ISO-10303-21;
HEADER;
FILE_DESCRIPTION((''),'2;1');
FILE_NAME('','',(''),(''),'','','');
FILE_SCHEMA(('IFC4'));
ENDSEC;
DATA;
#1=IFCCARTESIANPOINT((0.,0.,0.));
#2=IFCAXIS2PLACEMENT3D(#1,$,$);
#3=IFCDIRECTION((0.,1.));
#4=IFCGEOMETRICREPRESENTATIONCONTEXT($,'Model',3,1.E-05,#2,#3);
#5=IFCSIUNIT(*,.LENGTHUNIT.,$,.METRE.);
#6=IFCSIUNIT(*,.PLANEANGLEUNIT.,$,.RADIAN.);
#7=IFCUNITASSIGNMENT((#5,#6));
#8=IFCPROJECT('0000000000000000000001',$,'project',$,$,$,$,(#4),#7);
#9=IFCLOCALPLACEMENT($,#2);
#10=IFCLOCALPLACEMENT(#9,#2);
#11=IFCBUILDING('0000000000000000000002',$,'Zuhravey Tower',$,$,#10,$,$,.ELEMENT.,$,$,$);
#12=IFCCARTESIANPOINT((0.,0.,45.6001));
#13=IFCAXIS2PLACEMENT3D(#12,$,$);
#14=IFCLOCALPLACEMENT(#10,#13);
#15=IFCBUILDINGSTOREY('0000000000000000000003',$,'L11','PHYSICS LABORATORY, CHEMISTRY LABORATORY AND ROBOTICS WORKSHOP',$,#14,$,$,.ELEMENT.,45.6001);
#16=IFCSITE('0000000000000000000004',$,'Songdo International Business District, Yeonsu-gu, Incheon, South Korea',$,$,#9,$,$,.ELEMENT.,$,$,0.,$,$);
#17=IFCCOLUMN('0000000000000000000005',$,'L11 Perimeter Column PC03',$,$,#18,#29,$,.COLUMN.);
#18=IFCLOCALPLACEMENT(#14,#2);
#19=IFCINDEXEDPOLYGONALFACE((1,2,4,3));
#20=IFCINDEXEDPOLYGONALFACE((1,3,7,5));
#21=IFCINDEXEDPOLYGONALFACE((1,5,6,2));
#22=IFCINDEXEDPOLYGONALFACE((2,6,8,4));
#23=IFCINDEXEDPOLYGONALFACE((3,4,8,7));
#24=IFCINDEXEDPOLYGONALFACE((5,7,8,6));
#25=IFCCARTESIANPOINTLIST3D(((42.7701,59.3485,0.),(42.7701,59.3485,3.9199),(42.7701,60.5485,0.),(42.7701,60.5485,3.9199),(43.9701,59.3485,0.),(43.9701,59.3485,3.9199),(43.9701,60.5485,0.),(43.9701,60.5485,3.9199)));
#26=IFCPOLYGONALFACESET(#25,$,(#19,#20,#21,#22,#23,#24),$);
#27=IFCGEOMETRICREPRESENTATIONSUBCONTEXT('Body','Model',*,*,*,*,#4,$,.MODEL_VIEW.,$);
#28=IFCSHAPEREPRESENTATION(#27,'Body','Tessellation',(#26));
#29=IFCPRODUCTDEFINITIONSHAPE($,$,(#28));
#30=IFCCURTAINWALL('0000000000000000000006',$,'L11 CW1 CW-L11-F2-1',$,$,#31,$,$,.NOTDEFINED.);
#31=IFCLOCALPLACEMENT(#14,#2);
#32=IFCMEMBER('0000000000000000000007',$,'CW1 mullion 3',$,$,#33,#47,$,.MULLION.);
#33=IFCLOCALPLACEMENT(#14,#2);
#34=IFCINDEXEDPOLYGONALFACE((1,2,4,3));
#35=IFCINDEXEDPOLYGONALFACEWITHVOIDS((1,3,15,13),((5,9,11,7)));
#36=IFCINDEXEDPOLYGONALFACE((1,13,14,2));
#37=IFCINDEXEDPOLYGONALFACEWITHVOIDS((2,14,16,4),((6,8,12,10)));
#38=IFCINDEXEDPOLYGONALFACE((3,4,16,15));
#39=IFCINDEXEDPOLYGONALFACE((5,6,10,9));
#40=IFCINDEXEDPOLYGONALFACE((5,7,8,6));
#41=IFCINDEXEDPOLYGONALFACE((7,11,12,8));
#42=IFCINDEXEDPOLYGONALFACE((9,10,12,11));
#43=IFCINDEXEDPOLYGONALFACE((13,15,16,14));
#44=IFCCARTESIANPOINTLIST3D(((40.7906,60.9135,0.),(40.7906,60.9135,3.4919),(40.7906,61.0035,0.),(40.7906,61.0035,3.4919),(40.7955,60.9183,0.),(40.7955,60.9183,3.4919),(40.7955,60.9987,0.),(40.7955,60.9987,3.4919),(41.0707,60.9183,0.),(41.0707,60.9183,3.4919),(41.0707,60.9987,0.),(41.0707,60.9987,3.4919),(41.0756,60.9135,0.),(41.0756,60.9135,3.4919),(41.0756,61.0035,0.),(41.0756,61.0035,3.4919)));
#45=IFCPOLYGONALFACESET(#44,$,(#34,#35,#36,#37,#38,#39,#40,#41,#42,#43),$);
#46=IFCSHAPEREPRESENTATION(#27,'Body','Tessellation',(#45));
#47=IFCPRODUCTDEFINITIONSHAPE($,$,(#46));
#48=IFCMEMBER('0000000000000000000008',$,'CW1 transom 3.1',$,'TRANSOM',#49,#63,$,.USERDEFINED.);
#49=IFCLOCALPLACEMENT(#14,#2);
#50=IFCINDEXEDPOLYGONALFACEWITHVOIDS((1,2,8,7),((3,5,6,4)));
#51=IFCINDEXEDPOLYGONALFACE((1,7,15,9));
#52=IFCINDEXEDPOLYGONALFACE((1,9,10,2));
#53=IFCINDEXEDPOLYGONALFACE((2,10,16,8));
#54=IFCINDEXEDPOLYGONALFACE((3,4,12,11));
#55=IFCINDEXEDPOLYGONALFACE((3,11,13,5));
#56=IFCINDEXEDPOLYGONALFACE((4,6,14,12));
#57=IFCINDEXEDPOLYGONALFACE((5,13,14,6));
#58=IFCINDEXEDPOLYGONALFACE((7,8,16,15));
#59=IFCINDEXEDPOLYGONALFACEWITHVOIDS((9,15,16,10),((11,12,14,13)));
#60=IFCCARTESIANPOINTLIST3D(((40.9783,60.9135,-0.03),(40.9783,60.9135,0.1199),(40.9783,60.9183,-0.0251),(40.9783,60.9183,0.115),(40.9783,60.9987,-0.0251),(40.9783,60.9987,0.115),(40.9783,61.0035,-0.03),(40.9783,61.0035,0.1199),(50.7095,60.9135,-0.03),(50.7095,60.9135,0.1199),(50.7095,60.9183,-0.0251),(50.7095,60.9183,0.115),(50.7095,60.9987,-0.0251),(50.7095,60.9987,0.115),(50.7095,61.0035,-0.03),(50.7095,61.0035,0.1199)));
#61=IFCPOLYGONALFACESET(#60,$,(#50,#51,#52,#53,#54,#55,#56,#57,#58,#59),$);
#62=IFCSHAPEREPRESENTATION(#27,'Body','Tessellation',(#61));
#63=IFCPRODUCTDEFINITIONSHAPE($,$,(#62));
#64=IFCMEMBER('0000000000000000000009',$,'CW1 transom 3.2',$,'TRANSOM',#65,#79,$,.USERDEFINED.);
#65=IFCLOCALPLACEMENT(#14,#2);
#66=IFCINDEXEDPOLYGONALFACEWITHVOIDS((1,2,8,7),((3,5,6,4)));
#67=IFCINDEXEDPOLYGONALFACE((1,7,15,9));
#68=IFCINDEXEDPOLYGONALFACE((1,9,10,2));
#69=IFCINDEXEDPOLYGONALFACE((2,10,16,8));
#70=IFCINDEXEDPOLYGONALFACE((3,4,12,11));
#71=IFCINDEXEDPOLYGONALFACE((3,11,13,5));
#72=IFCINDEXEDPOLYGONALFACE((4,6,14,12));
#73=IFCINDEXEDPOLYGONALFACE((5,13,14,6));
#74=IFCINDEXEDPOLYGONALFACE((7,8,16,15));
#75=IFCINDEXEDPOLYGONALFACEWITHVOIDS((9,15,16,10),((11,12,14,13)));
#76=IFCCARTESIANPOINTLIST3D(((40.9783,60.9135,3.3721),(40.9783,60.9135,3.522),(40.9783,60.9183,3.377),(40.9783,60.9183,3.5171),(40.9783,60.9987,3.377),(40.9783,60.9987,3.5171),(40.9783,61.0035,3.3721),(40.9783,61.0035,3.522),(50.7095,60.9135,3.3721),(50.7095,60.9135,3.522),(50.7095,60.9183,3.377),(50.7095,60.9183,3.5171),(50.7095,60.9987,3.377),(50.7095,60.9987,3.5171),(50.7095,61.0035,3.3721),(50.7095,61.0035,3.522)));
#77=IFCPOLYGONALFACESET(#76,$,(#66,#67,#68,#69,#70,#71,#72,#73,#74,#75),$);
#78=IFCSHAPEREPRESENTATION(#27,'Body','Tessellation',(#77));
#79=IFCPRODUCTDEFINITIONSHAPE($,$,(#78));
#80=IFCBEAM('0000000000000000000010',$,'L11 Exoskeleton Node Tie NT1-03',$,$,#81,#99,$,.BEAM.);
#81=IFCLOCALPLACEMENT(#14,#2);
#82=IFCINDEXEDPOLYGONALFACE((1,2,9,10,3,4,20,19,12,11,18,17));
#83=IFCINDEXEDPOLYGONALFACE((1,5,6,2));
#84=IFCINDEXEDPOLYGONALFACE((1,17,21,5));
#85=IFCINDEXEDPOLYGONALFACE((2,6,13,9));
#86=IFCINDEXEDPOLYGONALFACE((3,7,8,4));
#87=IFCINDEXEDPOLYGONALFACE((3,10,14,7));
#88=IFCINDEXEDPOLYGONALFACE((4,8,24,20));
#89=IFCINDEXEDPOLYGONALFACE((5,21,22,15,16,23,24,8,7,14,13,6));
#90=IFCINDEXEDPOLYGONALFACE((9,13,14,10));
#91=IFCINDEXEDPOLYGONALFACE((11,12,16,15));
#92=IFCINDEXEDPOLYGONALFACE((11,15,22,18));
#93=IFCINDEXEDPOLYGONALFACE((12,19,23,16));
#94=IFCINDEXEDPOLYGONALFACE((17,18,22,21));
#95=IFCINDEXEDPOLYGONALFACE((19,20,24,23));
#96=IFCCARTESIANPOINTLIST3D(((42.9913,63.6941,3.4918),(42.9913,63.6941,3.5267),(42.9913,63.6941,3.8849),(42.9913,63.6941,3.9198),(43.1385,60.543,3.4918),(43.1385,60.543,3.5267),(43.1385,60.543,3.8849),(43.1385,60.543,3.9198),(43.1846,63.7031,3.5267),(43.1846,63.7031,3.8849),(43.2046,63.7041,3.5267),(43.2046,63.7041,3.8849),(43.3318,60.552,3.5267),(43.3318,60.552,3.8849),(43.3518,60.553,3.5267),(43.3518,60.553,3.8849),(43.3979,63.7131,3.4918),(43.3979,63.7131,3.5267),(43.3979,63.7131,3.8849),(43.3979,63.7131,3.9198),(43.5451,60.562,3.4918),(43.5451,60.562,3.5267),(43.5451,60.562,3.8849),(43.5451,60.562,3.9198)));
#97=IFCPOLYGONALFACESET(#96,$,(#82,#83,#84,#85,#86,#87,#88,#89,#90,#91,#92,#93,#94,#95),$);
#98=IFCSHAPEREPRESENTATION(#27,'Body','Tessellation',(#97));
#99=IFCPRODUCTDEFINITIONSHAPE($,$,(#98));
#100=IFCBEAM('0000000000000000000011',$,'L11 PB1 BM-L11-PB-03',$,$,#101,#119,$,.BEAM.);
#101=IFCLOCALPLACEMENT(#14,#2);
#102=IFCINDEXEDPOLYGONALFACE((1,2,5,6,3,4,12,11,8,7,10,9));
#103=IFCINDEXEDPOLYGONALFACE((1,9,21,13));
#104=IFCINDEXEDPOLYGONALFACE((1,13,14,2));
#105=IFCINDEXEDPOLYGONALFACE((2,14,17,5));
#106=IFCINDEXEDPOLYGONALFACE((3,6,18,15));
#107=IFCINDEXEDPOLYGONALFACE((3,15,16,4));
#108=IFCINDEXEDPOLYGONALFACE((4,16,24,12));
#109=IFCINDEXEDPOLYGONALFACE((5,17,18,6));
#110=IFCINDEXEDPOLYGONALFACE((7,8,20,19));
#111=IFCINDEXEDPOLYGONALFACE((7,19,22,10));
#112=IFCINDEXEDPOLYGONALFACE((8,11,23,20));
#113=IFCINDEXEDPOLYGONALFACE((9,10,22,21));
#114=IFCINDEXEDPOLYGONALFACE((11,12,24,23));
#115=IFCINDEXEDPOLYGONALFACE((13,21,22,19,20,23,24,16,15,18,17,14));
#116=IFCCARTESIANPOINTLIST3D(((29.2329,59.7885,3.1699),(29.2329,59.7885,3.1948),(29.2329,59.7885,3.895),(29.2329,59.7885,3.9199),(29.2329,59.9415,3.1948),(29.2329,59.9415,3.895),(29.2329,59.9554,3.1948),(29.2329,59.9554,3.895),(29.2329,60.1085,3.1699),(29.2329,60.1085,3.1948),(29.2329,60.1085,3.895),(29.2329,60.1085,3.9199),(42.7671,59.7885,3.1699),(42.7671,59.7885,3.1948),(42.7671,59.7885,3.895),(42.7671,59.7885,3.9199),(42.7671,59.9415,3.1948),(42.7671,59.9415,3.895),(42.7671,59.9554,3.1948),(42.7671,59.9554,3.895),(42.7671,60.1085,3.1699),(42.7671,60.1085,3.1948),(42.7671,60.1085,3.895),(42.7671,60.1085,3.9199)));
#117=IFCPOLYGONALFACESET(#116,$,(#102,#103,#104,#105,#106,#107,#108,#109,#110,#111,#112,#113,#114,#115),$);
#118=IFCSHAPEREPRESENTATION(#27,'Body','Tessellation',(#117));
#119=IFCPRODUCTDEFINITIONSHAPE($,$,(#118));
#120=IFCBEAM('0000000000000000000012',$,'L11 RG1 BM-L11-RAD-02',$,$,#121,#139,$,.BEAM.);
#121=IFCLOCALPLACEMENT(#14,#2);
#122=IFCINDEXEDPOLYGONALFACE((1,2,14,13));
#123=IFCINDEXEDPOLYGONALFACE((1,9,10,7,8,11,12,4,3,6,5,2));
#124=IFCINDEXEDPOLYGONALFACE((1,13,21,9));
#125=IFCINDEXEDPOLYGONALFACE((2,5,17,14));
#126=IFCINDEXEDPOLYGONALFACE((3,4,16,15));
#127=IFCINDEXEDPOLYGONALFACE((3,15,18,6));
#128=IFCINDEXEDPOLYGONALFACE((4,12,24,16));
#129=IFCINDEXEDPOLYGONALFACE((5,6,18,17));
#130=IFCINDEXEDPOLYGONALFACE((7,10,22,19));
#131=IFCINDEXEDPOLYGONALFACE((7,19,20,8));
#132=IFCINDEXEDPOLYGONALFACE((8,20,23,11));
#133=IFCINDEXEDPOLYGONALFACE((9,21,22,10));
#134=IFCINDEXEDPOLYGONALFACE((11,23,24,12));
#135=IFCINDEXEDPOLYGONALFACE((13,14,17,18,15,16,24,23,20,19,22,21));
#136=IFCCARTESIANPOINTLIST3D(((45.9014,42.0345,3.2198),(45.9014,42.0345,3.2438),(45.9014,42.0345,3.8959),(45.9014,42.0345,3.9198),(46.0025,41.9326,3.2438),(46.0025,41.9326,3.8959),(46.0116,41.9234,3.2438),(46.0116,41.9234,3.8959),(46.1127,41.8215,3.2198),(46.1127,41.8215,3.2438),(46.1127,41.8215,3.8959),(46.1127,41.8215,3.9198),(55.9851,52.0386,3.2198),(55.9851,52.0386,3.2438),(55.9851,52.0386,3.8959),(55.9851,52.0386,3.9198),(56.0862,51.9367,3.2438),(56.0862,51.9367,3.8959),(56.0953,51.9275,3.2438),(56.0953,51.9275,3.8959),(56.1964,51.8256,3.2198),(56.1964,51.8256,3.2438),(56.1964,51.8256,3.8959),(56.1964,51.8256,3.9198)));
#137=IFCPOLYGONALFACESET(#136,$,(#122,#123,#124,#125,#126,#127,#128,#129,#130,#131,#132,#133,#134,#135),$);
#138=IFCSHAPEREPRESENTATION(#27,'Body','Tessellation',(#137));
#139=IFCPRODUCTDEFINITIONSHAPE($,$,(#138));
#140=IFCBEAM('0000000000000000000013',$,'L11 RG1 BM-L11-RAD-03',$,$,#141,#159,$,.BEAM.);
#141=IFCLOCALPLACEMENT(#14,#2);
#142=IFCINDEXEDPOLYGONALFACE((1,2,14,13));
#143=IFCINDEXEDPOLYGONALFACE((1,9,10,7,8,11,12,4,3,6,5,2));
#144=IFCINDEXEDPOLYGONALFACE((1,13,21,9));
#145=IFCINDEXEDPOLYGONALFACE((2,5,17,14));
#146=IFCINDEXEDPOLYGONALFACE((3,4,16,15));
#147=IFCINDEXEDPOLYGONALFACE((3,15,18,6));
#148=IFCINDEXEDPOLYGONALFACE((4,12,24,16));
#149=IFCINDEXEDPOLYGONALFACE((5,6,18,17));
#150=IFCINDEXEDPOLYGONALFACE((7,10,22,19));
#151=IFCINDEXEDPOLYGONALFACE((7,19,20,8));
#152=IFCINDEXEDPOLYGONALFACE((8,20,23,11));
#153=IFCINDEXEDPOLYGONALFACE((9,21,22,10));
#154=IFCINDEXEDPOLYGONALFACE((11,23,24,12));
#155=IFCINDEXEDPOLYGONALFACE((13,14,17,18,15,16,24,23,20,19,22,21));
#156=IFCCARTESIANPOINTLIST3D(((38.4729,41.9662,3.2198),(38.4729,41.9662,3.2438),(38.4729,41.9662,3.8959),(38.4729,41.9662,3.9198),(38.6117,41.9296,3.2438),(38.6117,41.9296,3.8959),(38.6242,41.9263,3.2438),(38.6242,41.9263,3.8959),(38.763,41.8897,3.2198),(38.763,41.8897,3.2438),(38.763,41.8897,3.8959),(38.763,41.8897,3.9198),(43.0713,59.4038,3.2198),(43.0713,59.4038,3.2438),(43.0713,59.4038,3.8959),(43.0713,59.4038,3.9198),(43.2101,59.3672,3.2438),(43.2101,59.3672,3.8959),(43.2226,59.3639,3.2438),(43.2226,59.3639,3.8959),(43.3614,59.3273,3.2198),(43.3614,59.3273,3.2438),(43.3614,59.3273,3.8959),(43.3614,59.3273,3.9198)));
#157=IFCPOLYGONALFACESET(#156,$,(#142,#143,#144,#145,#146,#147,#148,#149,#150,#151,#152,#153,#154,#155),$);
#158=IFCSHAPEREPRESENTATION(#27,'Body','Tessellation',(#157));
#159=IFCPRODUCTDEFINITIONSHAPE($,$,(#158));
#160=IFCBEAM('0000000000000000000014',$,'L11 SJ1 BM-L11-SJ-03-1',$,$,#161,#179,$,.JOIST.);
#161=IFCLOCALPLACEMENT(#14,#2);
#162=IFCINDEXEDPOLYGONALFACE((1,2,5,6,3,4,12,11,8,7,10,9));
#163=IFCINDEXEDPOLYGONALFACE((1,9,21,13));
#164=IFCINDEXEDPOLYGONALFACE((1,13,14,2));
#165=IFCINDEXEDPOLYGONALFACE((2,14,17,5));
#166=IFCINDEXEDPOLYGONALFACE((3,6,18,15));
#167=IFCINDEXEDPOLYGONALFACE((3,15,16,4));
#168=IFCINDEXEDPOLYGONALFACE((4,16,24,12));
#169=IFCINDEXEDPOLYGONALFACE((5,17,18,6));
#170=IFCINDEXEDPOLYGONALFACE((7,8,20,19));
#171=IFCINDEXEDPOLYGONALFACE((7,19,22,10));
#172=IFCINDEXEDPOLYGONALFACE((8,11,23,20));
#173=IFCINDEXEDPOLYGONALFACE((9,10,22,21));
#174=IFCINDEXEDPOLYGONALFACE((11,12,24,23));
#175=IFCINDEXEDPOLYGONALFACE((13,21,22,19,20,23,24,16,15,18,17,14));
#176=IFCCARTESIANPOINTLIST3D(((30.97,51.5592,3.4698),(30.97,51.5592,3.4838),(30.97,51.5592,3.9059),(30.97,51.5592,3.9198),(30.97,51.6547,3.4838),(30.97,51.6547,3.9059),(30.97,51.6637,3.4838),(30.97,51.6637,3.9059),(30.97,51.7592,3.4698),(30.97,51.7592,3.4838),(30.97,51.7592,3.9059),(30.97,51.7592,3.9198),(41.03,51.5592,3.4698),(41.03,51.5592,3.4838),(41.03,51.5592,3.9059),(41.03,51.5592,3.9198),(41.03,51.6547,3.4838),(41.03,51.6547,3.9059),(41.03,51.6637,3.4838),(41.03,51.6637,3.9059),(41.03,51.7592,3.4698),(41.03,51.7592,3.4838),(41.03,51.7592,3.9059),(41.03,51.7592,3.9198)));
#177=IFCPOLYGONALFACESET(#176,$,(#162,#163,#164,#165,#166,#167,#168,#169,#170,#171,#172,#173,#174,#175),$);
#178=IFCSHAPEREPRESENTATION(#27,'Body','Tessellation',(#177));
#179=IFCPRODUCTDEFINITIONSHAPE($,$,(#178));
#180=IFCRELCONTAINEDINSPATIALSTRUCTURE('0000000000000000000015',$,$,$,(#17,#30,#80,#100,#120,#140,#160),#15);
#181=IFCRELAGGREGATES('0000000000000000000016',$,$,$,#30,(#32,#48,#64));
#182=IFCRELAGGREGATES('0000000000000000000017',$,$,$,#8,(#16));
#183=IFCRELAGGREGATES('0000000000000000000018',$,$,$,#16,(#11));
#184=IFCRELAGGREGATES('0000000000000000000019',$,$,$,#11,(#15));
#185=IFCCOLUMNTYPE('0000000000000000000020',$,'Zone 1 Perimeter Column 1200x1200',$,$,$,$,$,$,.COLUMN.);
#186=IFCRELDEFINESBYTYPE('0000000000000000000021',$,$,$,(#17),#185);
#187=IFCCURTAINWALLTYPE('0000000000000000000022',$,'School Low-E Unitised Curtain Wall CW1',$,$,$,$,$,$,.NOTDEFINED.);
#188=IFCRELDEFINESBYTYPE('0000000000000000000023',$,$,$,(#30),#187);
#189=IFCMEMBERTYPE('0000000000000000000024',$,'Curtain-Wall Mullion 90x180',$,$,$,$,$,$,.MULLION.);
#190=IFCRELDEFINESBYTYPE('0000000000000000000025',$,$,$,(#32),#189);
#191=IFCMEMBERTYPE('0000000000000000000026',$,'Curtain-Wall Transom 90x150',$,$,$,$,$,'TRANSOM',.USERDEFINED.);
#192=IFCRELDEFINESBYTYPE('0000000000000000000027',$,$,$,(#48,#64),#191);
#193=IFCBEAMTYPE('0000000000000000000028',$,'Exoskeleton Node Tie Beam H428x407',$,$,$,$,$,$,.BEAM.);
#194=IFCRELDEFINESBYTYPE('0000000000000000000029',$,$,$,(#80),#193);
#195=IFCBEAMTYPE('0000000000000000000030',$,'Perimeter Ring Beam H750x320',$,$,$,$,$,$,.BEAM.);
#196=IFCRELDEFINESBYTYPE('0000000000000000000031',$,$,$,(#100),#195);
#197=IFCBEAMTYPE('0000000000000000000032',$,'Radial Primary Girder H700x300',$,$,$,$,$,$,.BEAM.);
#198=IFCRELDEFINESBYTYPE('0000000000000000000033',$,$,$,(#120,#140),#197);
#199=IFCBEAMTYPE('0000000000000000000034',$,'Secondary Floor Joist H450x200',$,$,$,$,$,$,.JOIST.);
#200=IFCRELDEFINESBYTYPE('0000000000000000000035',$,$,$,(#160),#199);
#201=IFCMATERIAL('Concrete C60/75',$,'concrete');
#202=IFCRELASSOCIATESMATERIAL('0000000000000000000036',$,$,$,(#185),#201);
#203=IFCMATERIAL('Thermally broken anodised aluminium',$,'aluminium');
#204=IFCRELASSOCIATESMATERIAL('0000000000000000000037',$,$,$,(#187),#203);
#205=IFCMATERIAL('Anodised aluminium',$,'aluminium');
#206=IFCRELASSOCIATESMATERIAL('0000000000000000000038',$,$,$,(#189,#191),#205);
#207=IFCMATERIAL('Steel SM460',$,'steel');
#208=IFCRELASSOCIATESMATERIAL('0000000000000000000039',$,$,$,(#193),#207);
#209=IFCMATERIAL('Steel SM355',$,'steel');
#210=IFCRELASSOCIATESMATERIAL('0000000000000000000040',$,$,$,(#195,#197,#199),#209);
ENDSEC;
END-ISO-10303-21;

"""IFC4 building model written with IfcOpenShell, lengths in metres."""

from ifc_helpers import new_model, si_unit, direction, frame, origin, origin_2d, place, context, subcontext, project, spatial, rectangle, hollow_rectangle, i_section, extrude, material, material_profile, profile_set, type_object, element, aggregate, save


model = new_model("IFC4")

# Units and contexts
model_context = context("Model", 3, precision=1e-05, world=origin(), true_north=direction((0.0, 1.0)))
body_context = subcontext(model_context, "Body", "Model", "MODEL_VIEW")
ifc_project = project(units=[si_unit("LENGTHUNIT", "METRE"), si_unit("PLANEANGLEUNIT", "RADIAN")], contexts=[model_context])

# Site, building, storey
site_placement = place(None, origin())
site = spatial("IfcSite", under=ifc_project, at=site_placement, Name="Songdo International Business District, Yeonsu-gu, Incheon, South Korea", CompositionType="ELEMENT", RefElevation=0.0)
building_placement = place(site_placement, origin())
building = spatial("IfcBuilding", under=site, at=building_placement, Name="Zuhravey Tower", CompositionType="ELEMENT")
storey_placement = place(building_placement, frame((0.0, 0.0, 45.6001)))
storey = spatial("IfcBuildingStorey", under=building, at=storey_placement, Name="L11", Description="PHYSICS LABORATORY, CHEMISTRY LABORATORY AND ROBOTICS WORKSHOP", CompositionType="ELEMENT", Elevation=45.6001)

# Column
ifc_material_1 = material(Name="Concrete C60/75", Category="concrete")
ifc_material_profile_1 = material_profile(ifc_material_1, rectangle(XDim=1.2, YDim=1.2, at=origin_2d()), Name="RC-1200x1200")
ifc_profile_set_1 = profile_set([ifc_material_profile_1], Name="Concrete C60/75")
column_type = type_object("IfcColumnType", Name="Zone 1 Perimeter Column 1200x1200", PredefinedType="COLUMN", material=ifc_profile_set_1)
column_placement = place(storey_placement, frame((43.3701, 59.9485, 0.0), z_axis=(0.0, 0.0, 1.0), x_axis=(-1.0, 0.0, 0.0)))
element("IfcColumn", 1, at=column_placement, inside=storey, type_object=column_type, Name="L11 Perimeter Column PC03", PredefinedType="COLUMN", context=body_context, shape_type="SweptSolid", body=[
    extrude(rectangle(XDim=1.2, YDim=1.2, at=origin_2d()), origin(), (0.0, 0.0, 1.0), 3.9199),
])

# Curtain wall, members
ifc_material_2 = material(Name="Thermally broken anodised aluminium", Category="aluminium")
curtain_wall_type = type_object("IfcCurtainWallType", Name="School Low-E Unitised Curtain Wall CW1", PredefinedType="NOTDEFINED", material=ifc_material_2)
curtain_wall_placement = place(storey_placement, origin())
curtain_wall = element("IfcCurtainWall", 2, at=curtain_wall_placement, inside=storey, type_object=curtain_wall_type, Name="L11 CW1 CW-L11-F2-1", PredefinedType="NOTDEFINED")
ifc_material_3 = material(Name="Anodised aluminium", Category="aluminium")
ifc_material_profile_2 = material_profile(ifc_material_3, hollow_rectangle(XDim=0.0901, YDim=0.2849, WallThickness=0.0049, at=origin_2d()), Name="ALU-RHS-90x285x5")
ifc_profile_set_2 = profile_set([ifc_material_profile_2], Name="Anodised aluminium")
member_type_1 = type_object("IfcMemberType", Name="Curtain-Wall Mullion 90x180", PredefinedType="MULLION", material=ifc_profile_set_2)
member_1_placement = place(storey_placement, frame((40.9331, 60.9585, 0.0), z_axis=(0.0, 0.0, 1.0), x_axis=(0.0, 1.0, 0.0)))
member_1 = element("IfcMember", 3, at=member_1_placement, type_object=member_type_1, Name="CW1 mullion 3", PredefinedType="MULLION", context=body_context, shape_type="SweptSolid", body=[
    extrude(hollow_rectangle(XDim=0.0901, YDim=0.2849, WallThickness=0.0049, at=origin_2d()), origin(), (0.0, 0.0, 1.0), 3.4919),
])
ifc_material_profile_3 = material_profile(ifc_material_3, hollow_rectangle(XDim=0.0901, YDim=0.1499, WallThickness=0.0049, at=origin_2d()), Name="ALU-RHS-90x150x5")
ifc_profile_set_3 = profile_set([ifc_material_profile_3], Name="Anodised aluminium")
member_type_2 = type_object("IfcMemberType", Name="Curtain-Wall Transom 90x150", ElementType="TRANSOM", PredefinedType="USERDEFINED", material=ifc_profile_set_3)
member_2_placement = place(storey_placement, frame((40.9783, 60.9585, 0.0449), z_axis=(1.0, 0.0, 0.0), x_axis=(0.0, 1.0, 0.0)))
member_2 = element("IfcMember", 4, at=member_2_placement, type_object=member_type_2, Name="CW1 transom 3.1", ObjectType="TRANSOM", PredefinedType="USERDEFINED", context=body_context, shape_type="SweptSolid", body=[
    extrude(hollow_rectangle(XDim=0.0901, YDim=0.1499, WallThickness=0.0049, at=origin_2d()), origin(), (0.0, 0.0, 1.0), 9.7312),
])
member_3_placement = place(storey_placement, frame((40.9783, 60.9585, 3.447), z_axis=(1.0, 0.0, 0.0), x_axis=(0.0, 1.0, 0.0)))
member_3 = element("IfcMember", 5, at=member_3_placement, type_object=member_type_2, Name="CW1 transom 3.2", ObjectType="TRANSOM", PredefinedType="USERDEFINED", context=body_context, shape_type="SweptSolid", body=[
    extrude(hollow_rectangle(XDim=0.0901, YDim=0.1499, WallThickness=0.0049, at=origin_2d()), origin(), (0.0, 0.0, 1.0), 9.7312),
])

# Beams
ifc_material_4 = material(Name="Steel SM460", Category="steel")
ifc_material_profile_4 = material_profile(ifc_material_4, i_section(OverallWidth=0.407, OverallDepth=0.428, WebThickness=0.02, FlangeThickness=0.0349, at=origin_2d()), Name="H-428x407x20x35")
ifc_profile_set_4 = profile_set([ifc_material_profile_4], Name="Steel SM460")
beam_type_1 = type_object("IfcBeamType", Name="Exoskeleton Node Tie Beam H428x407", PredefinedType="BEAM", material=ifc_profile_set_4)
beam_1_placement = place(storey_placement, frame((43.3418, 60.5525, 3.7058), z_axis=(-0.046668, 0.99891, 0.0), x_axis=(-0.99891, -0.046668, 0.0)))
element("IfcBeam", 6, at=beam_1_placement, inside=storey, type_object=beam_type_1, Name="L11 Exoskeleton Node Tie NT1-03", PredefinedType="BEAM", context=body_context, shape_type="SweptSolid", body=[
    extrude(i_section(OverallWidth=0.407, OverallDepth=0.428, WebThickness=0.02, FlangeThickness=0.0349, at=origin_2d()), origin(), (0.0, 0.0, 1.0), 3.1545),
])
ifc_material_5 = material(Name="Steel SM355", Category="steel")
ifc_material_profile_5 = material_profile(ifc_material_5, i_section(OverallWidth=0.3201, OverallDepth=0.75, WebThickness=0.0139, FlangeThickness=0.0249, at=origin_2d()), Name="H-750x320x14x25")
ifc_profile_set_5 = profile_set([ifc_material_profile_5], Name="Steel SM355")
beam_type_2 = type_object("IfcBeamType", Name="Perimeter Ring Beam H750x320", PredefinedType="BEAM", material=ifc_profile_set_5)
beam_2_placement = place(storey_placement, frame((42.7671, 59.9485, 3.5449), z_axis=(-1.0, 0.0, 0.0), x_axis=(0.0, -1.0, 0.0)))
element("IfcBeam", 7, at=beam_2_placement, inside=storey, type_object=beam_type_2, Name="L11 PB1 BM-L11-PB-03", PredefinedType="BEAM", context=body_context, shape_type="SweptSolid", body=[
    extrude(i_section(OverallWidth=0.3201, OverallDepth=0.75, WebThickness=0.0139, FlangeThickness=0.0249, at=origin_2d()), origin(), (0.0, 0.0, 1.0), 13.5342),
])
ifc_material_profile_6 = material_profile(ifc_material_5, i_section(OverallWidth=0.3, OverallDepth=0.7, WebThickness=0.0129, FlangeThickness=0.0239, at=origin_2d()), Name="H-700x300x13x24")
ifc_profile_set_6 = profile_set([ifc_material_profile_6], Name="Steel SM355")
beam_type_3 = type_object("IfcBeamType", Name="Radial Primary Girder H700x300", PredefinedType="BEAM", material=ifc_profile_set_6)
beam_3_placement = place(storey_placement, frame((46.0071, 41.928, 3.5698), z_axis=(0.709903, 0.7043, 0.0), x_axis=(-0.7043, 0.709903, 0.0)))
element("IfcBeam", 8, at=beam_3_placement, inside=storey, type_object=beam_type_3, Name="L11 RG1 BM-L11-RAD-02", PredefinedType="BEAM", context=body_context, shape_type="SweptSolid", body=[
    extrude(i_section(OverallWidth=0.3, OverallDepth=0.7, WebThickness=0.0129, FlangeThickness=0.0239, at=origin_2d()), origin(), (0.0, 0.0, 1.0), 14.2043),
])
beam_4_placement = place(storey_placement, frame((38.6179, 41.928, 3.5698), z_axis=(0.25499, 0.966944, 0.0), x_axis=(-0.966944, 0.25499, 0.0)))
element("IfcBeam", 9, at=beam_4_placement, inside=storey, type_object=beam_type_3, Name="L11 RG1 BM-L11-RAD-03", PredefinedType="BEAM", context=body_context, shape_type="SweptSolid", body=[
    extrude(i_section(OverallWidth=0.3, OverallDepth=0.7, WebThickness=0.0129, FlangeThickness=0.0239, at=origin_2d()), origin(), (0.0, 0.0, 1.0), 18.0337),
])
ifc_material_profile_7 = material_profile(ifc_material_5, i_section(OverallWidth=0.2, OverallDepth=0.45, WebThickness=0.009, FlangeThickness=0.0139, at=origin_2d()), Name="H-450x200x9x14")
ifc_profile_set_7 = profile_set([ifc_material_profile_7], Name="Steel SM355")
beam_type_4 = type_object("IfcBeamType", Name="Secondary Floor Joist H450x200", PredefinedType="JOIST", material=ifc_profile_set_7)
beam_5_placement = place(storey_placement, frame((41.03, 51.6592, 3.6948), z_axis=(-1.0, 0.0, 0.0), x_axis=(0.0, -1.0, 0.0)))
element("IfcBeam", 10, at=beam_5_placement, inside=storey, type_object=beam_type_4, Name="L11 SJ1 BM-L11-SJ-03-1", PredefinedType="JOIST", context=body_context, shape_type="SweptSolid", body=[
    extrude(i_section(OverallWidth=0.2, OverallDepth=0.45, WebThickness=0.009, FlangeThickness=0.0139, at=origin_2d()), origin(), (0.0, 0.0, 1.0), 10.0601),
])

aggregate(curtain_wall, [member_1, member_2, member_3])

save(model, "model.ifc")
